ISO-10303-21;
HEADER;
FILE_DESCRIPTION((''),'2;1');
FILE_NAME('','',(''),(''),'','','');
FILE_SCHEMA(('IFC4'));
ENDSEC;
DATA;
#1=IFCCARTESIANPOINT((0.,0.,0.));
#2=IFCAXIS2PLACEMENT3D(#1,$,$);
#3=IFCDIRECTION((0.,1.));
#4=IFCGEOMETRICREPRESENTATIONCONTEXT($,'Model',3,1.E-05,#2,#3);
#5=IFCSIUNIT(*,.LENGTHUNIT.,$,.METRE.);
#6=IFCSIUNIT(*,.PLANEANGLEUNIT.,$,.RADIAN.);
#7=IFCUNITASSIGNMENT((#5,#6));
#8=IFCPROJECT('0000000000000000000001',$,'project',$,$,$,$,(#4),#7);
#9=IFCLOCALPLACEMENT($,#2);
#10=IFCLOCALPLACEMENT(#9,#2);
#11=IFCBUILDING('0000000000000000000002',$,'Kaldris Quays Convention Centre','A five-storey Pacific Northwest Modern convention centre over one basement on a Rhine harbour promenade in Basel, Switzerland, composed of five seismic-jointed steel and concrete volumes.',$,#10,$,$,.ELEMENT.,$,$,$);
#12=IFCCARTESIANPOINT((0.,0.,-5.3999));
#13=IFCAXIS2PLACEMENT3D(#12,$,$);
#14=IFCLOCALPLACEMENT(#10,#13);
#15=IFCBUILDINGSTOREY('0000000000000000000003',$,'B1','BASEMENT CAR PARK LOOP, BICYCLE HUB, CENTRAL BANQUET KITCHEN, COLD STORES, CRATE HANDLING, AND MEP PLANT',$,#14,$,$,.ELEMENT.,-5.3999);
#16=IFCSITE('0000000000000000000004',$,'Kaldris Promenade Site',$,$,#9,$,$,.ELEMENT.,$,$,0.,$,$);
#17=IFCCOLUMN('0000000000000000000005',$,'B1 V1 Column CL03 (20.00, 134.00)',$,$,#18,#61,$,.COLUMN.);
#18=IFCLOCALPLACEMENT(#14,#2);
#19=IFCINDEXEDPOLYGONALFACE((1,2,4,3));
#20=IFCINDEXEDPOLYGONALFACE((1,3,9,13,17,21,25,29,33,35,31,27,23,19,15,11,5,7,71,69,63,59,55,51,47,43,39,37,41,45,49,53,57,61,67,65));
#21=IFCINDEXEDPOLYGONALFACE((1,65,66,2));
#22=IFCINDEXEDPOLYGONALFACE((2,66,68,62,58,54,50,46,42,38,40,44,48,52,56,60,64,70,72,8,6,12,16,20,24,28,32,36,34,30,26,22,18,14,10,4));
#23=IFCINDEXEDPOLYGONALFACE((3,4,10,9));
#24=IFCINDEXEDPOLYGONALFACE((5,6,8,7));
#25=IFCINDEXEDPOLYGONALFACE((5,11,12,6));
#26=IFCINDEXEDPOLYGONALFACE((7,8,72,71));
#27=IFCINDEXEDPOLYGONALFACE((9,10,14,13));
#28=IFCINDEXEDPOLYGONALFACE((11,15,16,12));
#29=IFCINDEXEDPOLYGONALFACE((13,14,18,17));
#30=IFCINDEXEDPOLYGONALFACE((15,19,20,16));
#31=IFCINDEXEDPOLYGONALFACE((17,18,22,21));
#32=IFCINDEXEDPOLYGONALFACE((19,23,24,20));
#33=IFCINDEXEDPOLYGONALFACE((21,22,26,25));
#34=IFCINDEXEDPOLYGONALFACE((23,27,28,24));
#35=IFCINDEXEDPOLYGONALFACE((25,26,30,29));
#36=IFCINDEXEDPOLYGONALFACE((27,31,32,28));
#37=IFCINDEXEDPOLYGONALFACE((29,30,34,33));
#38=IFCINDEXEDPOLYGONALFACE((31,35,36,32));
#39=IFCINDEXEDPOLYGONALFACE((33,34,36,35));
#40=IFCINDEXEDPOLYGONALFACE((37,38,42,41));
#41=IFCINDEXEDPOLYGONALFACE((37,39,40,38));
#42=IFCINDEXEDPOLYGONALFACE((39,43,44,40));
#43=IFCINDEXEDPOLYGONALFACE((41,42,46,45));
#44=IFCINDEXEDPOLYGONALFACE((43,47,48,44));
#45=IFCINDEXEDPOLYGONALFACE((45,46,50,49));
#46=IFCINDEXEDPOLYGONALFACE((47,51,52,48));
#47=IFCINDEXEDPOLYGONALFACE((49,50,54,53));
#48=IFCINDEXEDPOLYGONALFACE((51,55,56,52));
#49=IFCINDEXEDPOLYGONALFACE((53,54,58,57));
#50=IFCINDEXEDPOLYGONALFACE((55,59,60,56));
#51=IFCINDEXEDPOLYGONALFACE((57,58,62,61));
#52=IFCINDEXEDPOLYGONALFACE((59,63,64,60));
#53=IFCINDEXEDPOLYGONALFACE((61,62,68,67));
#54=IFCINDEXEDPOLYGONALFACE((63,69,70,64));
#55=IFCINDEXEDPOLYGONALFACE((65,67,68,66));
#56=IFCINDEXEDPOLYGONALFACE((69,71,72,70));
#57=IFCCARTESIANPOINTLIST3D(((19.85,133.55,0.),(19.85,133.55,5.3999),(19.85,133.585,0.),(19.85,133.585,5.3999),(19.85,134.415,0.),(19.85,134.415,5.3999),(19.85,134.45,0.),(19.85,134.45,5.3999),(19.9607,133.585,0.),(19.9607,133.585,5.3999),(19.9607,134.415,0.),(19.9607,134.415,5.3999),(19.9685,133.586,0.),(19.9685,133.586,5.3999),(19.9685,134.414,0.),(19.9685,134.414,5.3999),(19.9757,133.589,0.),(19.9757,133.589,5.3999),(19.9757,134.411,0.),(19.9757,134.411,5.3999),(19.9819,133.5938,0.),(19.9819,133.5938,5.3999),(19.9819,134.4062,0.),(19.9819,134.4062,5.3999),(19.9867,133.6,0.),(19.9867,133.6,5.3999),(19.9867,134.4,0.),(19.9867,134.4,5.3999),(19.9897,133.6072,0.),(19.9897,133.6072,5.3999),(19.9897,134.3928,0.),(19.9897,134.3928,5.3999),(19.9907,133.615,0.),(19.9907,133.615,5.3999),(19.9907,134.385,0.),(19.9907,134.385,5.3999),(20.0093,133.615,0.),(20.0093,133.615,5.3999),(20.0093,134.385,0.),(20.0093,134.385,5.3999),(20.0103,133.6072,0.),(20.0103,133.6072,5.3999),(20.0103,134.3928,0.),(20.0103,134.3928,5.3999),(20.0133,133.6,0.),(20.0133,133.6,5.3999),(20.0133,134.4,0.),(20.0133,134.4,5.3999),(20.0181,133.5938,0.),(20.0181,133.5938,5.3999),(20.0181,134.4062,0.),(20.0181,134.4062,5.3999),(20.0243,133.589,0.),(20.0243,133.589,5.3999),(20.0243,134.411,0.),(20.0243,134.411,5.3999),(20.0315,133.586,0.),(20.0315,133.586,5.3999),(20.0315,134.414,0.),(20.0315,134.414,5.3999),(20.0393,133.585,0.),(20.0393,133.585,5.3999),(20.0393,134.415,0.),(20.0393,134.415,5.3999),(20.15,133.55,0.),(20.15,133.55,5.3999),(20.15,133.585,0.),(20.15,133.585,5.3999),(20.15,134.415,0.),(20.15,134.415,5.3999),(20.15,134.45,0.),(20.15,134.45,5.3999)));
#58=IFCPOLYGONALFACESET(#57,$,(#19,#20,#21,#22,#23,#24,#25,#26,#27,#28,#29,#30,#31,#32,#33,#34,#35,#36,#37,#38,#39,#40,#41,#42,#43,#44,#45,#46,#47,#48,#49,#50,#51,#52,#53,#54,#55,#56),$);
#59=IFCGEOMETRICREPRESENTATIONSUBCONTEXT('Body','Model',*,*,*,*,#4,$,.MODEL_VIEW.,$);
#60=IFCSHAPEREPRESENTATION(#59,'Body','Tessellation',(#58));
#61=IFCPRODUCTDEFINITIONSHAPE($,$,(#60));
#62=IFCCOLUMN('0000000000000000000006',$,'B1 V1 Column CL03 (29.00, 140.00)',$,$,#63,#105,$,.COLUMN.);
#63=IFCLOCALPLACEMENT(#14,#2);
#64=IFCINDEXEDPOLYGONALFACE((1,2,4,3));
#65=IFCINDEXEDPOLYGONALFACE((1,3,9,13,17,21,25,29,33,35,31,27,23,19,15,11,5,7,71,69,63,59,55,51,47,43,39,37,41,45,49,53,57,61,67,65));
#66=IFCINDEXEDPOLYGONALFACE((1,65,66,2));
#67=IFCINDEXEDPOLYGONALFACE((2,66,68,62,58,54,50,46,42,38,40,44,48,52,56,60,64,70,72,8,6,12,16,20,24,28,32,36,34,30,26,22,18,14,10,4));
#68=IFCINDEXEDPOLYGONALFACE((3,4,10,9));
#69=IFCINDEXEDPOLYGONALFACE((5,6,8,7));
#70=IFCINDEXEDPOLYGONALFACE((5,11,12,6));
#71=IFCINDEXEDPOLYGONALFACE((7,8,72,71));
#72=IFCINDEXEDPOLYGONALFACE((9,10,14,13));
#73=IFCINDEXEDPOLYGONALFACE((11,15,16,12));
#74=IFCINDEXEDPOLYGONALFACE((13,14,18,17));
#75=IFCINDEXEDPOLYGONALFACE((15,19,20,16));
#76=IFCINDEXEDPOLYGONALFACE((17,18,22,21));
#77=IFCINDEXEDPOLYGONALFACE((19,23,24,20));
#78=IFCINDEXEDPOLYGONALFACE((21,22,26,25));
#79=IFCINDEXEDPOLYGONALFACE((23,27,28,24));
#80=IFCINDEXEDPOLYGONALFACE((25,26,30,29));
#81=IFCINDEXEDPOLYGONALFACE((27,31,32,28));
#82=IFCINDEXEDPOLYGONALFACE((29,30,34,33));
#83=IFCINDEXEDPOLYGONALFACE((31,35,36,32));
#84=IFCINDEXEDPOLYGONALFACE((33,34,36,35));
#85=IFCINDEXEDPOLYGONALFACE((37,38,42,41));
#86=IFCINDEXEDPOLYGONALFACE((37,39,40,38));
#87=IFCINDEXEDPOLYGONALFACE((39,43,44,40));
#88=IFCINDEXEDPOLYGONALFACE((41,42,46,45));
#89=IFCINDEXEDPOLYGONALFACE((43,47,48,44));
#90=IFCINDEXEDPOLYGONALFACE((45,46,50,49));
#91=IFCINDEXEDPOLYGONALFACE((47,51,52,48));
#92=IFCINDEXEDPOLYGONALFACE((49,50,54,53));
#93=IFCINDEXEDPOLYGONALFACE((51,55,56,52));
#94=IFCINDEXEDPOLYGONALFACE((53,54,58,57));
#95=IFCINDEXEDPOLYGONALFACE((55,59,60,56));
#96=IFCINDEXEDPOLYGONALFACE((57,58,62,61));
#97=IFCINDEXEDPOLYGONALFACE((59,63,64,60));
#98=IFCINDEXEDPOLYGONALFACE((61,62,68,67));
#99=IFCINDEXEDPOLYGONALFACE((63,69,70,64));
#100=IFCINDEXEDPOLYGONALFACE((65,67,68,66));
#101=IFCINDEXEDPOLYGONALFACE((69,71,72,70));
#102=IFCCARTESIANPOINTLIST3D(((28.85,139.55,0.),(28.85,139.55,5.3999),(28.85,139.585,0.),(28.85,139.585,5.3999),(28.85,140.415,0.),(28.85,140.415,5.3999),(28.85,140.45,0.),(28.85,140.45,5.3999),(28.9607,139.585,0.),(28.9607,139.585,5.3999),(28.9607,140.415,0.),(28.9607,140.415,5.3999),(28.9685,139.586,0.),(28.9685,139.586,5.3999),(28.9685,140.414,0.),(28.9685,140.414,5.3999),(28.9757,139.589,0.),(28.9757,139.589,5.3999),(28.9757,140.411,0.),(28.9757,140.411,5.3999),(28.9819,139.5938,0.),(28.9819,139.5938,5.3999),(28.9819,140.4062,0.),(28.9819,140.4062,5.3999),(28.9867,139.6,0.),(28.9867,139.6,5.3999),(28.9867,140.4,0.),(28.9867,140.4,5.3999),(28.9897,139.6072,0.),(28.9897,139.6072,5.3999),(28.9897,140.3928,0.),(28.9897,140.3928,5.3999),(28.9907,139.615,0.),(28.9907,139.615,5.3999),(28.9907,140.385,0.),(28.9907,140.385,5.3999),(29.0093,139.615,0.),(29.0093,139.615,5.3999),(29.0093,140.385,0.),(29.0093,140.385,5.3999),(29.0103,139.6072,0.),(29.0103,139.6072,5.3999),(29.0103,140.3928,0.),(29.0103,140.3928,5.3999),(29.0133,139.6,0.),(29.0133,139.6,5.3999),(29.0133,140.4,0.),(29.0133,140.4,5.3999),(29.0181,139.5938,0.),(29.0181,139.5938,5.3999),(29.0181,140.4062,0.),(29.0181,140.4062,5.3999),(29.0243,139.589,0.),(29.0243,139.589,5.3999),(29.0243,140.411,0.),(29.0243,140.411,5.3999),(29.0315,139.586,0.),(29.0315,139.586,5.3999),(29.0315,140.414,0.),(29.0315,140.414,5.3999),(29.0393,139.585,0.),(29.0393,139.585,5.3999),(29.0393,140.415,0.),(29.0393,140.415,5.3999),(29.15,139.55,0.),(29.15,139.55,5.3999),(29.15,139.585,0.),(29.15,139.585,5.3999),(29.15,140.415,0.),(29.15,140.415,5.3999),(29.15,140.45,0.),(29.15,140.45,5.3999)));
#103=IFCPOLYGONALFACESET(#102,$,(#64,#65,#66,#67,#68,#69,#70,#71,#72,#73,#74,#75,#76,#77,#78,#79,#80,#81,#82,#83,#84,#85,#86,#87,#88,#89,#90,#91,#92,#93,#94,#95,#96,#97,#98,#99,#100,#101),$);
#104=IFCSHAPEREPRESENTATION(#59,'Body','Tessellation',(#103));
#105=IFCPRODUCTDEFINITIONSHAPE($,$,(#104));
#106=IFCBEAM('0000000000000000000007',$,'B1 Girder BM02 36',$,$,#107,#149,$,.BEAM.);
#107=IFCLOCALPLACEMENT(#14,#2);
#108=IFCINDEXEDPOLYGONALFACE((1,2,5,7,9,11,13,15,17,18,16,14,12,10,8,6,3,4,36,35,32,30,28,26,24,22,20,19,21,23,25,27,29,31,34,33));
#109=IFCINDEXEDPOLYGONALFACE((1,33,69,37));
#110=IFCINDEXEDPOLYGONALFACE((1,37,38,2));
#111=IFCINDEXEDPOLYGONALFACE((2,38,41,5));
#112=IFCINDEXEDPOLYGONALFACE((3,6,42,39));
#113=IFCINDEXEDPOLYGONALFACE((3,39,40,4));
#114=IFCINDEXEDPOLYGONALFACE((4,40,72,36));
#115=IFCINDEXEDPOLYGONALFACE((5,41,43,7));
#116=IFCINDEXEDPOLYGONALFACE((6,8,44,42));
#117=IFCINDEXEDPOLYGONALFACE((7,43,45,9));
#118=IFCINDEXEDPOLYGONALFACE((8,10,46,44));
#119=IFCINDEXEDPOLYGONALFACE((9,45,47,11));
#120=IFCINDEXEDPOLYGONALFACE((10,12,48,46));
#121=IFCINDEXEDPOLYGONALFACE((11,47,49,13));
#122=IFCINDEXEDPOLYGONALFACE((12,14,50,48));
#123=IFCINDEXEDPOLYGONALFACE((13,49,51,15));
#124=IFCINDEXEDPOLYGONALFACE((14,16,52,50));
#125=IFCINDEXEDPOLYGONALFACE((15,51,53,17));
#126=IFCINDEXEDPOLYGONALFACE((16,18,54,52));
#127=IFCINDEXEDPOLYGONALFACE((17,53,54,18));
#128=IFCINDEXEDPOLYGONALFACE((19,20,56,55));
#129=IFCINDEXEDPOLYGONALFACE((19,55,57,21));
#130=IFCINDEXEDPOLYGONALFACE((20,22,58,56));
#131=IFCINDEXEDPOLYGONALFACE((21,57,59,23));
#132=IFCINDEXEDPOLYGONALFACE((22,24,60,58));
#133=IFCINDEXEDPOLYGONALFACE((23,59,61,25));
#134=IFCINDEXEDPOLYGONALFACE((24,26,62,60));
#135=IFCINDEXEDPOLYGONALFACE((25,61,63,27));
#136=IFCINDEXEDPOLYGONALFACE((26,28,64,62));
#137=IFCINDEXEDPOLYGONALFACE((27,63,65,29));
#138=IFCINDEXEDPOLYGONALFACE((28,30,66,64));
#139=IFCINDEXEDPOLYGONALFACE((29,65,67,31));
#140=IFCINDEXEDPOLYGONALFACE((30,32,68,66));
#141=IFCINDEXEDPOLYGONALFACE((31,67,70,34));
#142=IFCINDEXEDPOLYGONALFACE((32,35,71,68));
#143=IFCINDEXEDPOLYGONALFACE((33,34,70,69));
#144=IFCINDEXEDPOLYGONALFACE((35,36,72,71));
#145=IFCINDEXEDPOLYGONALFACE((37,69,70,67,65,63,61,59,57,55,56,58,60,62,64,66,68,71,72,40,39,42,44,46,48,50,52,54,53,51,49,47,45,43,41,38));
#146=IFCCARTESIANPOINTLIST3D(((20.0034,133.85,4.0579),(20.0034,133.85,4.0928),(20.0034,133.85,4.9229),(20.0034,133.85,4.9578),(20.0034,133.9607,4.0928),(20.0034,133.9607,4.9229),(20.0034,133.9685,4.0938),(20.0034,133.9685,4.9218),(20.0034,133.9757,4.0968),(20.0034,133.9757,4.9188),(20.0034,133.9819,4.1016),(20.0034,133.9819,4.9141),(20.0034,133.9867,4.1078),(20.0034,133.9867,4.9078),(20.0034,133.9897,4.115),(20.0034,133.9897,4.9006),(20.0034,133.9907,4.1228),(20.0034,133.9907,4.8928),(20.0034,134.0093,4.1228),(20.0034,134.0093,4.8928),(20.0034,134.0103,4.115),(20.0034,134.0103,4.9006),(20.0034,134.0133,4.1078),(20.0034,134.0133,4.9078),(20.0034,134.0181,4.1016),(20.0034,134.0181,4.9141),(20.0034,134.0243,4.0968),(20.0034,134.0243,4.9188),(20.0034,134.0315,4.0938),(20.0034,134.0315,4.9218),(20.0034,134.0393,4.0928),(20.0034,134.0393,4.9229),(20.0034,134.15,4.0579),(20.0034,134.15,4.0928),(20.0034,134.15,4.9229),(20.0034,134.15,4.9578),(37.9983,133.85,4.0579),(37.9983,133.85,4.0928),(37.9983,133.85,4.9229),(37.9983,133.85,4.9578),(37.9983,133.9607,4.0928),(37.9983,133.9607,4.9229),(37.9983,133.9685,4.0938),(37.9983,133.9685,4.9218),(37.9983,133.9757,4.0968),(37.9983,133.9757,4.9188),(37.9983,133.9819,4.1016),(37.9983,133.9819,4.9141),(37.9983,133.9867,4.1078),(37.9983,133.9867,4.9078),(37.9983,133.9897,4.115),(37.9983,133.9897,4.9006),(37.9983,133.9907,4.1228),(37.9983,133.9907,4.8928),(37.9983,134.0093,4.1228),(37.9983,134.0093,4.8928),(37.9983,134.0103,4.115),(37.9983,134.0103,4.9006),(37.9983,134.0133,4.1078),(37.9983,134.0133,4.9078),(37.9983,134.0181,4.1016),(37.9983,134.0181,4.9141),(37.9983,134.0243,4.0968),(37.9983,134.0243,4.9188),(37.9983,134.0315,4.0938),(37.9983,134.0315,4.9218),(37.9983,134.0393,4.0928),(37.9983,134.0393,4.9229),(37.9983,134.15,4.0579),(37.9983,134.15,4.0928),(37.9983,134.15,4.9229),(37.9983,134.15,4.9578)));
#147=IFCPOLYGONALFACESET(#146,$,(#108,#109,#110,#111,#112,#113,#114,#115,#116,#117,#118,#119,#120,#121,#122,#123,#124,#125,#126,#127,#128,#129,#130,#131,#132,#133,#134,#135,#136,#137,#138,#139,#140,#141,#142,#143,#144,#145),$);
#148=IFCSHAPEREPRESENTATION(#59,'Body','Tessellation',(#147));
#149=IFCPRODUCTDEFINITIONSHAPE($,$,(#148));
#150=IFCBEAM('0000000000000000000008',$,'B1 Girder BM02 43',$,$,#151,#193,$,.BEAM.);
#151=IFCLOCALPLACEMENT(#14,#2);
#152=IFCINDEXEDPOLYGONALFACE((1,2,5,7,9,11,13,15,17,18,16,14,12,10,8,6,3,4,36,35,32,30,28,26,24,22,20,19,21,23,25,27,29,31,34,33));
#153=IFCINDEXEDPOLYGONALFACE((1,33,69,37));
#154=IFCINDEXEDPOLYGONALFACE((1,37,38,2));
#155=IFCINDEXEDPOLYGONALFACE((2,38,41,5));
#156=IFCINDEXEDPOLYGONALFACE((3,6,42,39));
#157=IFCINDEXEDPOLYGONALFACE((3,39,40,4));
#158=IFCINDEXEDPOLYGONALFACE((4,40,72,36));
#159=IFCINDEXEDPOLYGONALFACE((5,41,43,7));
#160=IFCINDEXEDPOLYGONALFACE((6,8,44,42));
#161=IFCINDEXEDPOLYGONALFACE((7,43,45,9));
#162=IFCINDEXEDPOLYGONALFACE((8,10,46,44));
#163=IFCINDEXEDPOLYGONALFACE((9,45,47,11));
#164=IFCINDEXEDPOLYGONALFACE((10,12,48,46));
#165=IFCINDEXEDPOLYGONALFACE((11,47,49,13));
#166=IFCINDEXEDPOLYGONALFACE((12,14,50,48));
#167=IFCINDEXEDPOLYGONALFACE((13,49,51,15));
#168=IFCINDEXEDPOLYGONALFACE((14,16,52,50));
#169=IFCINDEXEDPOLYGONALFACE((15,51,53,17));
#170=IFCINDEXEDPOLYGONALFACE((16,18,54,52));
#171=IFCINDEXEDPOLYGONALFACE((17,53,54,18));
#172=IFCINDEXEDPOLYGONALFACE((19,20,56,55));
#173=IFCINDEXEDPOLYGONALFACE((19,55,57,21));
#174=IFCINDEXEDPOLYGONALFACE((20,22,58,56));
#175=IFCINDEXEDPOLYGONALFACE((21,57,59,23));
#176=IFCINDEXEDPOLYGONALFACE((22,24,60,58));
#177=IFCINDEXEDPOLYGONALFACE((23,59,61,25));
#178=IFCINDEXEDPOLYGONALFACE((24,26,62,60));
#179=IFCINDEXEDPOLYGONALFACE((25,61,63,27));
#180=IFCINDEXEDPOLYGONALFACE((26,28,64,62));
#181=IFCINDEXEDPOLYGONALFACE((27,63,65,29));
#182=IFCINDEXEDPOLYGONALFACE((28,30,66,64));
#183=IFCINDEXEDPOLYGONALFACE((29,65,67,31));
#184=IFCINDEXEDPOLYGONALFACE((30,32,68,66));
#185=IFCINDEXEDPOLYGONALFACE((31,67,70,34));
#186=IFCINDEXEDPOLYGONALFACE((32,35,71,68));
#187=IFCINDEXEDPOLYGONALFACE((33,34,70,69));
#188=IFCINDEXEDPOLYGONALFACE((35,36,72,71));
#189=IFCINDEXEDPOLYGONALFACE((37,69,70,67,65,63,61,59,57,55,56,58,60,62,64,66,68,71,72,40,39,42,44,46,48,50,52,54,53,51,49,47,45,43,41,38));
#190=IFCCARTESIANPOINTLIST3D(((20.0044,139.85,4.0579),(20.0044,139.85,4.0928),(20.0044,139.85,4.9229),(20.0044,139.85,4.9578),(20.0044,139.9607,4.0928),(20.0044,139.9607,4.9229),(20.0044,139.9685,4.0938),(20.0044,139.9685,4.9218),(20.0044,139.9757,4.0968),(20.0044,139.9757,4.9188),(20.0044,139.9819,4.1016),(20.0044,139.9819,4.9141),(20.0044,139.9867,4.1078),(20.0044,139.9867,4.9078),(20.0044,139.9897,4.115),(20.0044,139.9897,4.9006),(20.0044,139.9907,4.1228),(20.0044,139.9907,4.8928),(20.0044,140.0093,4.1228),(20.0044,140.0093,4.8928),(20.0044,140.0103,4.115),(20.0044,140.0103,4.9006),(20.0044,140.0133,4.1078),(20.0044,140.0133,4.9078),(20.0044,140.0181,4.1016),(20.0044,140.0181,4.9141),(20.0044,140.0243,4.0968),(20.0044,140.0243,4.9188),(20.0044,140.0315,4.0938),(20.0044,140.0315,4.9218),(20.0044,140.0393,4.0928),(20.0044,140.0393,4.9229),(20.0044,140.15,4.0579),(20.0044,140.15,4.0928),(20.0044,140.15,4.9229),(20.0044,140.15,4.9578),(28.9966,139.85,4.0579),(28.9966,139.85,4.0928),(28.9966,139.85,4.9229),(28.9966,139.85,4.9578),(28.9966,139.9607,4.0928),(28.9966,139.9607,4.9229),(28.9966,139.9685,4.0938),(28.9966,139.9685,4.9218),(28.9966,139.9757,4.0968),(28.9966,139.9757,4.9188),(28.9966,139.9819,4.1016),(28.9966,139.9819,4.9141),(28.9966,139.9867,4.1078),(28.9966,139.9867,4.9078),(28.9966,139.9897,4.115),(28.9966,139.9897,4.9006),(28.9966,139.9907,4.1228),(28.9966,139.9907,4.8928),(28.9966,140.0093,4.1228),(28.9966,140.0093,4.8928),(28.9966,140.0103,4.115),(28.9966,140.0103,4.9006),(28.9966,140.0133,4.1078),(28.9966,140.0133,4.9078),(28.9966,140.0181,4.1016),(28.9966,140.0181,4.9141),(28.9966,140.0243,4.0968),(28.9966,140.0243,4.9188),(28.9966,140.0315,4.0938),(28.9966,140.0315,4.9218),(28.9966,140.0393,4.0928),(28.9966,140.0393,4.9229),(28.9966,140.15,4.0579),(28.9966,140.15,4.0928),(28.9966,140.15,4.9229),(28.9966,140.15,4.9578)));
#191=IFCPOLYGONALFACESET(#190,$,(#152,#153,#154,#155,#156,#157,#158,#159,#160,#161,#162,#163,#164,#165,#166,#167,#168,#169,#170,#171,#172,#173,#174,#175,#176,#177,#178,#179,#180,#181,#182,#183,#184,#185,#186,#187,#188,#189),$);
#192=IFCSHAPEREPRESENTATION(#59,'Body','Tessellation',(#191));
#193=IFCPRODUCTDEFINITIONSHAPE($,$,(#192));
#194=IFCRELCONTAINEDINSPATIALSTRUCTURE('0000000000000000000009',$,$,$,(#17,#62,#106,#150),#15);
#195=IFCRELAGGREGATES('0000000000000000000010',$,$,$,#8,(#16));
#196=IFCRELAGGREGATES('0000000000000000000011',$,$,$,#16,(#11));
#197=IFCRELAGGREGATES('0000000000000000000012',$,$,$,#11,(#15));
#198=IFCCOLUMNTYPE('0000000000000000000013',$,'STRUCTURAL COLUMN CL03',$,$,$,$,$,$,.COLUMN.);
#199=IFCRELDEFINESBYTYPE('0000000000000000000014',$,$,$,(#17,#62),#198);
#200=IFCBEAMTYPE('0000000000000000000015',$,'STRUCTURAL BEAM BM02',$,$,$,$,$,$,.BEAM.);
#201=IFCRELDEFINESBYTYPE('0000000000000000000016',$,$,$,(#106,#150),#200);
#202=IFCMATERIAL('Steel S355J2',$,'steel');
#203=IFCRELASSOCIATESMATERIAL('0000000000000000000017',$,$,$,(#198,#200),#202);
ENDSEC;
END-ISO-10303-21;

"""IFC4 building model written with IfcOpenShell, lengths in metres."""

from ifc_helpers import new_model, si_unit, direction, frame, origin, origin_2d, place, context, subcontext, project, spatial, i_section, extrude, material, material_profile, profile_set, type_object, element, save


model = new_model("IFC4")

# Units and contexts
model_context = context("Model", 3, precision=1e-05, world=origin(), true_north=direction((0.0, 1.0)))
body_context = subcontext(model_context, "Body", "Model", "MODEL_VIEW")
ifc_project = project(units=[si_unit("LENGTHUNIT", "METRE"), si_unit("PLANEANGLEUNIT", "RADIAN")], contexts=[model_context])

# Site, building, storey
site_placement = place(None, origin())
site = spatial("IfcSite", under=ifc_project, at=site_placement, Name="Kaldris Promenade Site", CompositionType="ELEMENT", RefElevation=0.0)
building_placement = place(site_placement, origin())
building = spatial("IfcBuilding", under=site, at=building_placement, Name="Kaldris Quays Convention Centre", Description="A five-storey Pacific Northwest Modern convention centre over one basement on a Rhine harbour promenade in Basel, Switzerland, composed of five seismic-jointed steel and concrete volumes.", CompositionType="ELEMENT")
storey_placement = place(building_placement, frame((0.0, 0.0, -5.3999)))
storey = spatial("IfcBuildingStorey", under=building, at=storey_placement, Name="B1", Description="BASEMENT CAR PARK LOOP, BICYCLE HUB, CENTRAL BANQUET KITCHEN, COLD STORES, CRATE HANDLING, AND MEP PLANT", CompositionType="ELEMENT", Elevation=-5.3999)

# Columns
ifc_material_1 = material(Name="Steel S355J2", Category="steel")
ifc_material_profile_1 = material_profile(ifc_material_1, i_section(OverallWidth=0.3, OverallDepth=0.8999, WebThickness=0.0186, FlangeThickness=0.0349, FilletRadius=0.03, at=origin_2d()), Name="HEB 900")
ifc_profile_set_1 = profile_set([ifc_material_profile_1], Name="Steel S355J2")
column_type_1 = type_object("IfcColumnType", Name="STRUCTURAL COLUMN CL03", PredefinedType="COLUMN", material=ifc_profile_set_1)
for number, where, z_axis, x_axis, name in (
    (1, (20.0, 134.0, 0.0), (0.0, 0.0, 1.0), (1.0, 0.0, 0.0), "B1 V1 Column CL03 (20.00, 134.00)"),
    (2, (29.0, 140.0, 0.0), (0.0, 0.0, 1.0), (1.0, 0.0, 0.0), "B1 V1 Column CL03 (29.00, 140.00)"),
):
    element("IfcColumn", number, at=place(storey_placement, frame(where, z_axis=z_axis, x_axis=x_axis)), inside=storey, type_object=column_type_1, Name=name, PredefinedType="COLUMN", context=body_context, shape_type="SweptSolid", body=[
        extrude(i_section(OverallWidth=0.3, OverallDepth=0.8999, WebThickness=0.0186, FlangeThickness=0.0349, FilletRadius=0.03, at=origin_2d()), origin(), (0.0, 0.0, 1.0), 5.3999),
    ])

# Beams
ifc_material_profile_2 = material_profile(ifc_material_1, i_section(OverallWidth=0.3, OverallDepth=0.8999, WebThickness=0.0186, FlangeThickness=0.0349, FilletRadius=0.03, at=origin_2d()), Name="HEB 900")
ifc_profile_set_2 = profile_set([ifc_material_profile_2], Name="Steel S355J2")
beam_type_1 = type_object("IfcBeamType", Name="STRUCTURAL BEAM BM02", PredefinedType="BEAM", material=ifc_profile_set_2)
beam_1_placement = place(storey_placement, frame((20.0034, 134.0, 4.5078), z_axis=(1.0, 0.0, 0.0), x_axis=(0.0, 1.0, 0.0)))
element("IfcBeam", 3, at=beam_1_placement, inside=storey, type_object=beam_type_1, Name="B1 Girder BM02 36", PredefinedType="BEAM", context=body_context, shape_type="SweptSolid", body=[
    extrude(i_section(OverallWidth=0.3, OverallDepth=0.8999, WebThickness=0.0186, FlangeThickness=0.0349, FilletRadius=0.03, at=origin_2d()), origin(), (0.0, 0.0, 1.0), 17.9949),
])
beam_2_placement = place(storey_placement, frame((20.0044, 140.0, 4.5078), z_axis=(1.0, 0.0, 0.0), x_axis=(0.0, 1.0, 0.0)))
element("IfcBeam", 4, at=beam_2_placement, inside=storey, type_object=beam_type_1, Name="B1 Girder BM02 43", PredefinedType="BEAM", context=body_context, shape_type="SweptSolid", body=[
    extrude(i_section(OverallWidth=0.3, OverallDepth=0.8999, WebThickness=0.0186, FlangeThickness=0.0349, FilletRadius=0.03, at=origin_2d()), origin(), (0.0, 0.0, 1.0), 8.9922),
])

save(model, "model.ifc")
